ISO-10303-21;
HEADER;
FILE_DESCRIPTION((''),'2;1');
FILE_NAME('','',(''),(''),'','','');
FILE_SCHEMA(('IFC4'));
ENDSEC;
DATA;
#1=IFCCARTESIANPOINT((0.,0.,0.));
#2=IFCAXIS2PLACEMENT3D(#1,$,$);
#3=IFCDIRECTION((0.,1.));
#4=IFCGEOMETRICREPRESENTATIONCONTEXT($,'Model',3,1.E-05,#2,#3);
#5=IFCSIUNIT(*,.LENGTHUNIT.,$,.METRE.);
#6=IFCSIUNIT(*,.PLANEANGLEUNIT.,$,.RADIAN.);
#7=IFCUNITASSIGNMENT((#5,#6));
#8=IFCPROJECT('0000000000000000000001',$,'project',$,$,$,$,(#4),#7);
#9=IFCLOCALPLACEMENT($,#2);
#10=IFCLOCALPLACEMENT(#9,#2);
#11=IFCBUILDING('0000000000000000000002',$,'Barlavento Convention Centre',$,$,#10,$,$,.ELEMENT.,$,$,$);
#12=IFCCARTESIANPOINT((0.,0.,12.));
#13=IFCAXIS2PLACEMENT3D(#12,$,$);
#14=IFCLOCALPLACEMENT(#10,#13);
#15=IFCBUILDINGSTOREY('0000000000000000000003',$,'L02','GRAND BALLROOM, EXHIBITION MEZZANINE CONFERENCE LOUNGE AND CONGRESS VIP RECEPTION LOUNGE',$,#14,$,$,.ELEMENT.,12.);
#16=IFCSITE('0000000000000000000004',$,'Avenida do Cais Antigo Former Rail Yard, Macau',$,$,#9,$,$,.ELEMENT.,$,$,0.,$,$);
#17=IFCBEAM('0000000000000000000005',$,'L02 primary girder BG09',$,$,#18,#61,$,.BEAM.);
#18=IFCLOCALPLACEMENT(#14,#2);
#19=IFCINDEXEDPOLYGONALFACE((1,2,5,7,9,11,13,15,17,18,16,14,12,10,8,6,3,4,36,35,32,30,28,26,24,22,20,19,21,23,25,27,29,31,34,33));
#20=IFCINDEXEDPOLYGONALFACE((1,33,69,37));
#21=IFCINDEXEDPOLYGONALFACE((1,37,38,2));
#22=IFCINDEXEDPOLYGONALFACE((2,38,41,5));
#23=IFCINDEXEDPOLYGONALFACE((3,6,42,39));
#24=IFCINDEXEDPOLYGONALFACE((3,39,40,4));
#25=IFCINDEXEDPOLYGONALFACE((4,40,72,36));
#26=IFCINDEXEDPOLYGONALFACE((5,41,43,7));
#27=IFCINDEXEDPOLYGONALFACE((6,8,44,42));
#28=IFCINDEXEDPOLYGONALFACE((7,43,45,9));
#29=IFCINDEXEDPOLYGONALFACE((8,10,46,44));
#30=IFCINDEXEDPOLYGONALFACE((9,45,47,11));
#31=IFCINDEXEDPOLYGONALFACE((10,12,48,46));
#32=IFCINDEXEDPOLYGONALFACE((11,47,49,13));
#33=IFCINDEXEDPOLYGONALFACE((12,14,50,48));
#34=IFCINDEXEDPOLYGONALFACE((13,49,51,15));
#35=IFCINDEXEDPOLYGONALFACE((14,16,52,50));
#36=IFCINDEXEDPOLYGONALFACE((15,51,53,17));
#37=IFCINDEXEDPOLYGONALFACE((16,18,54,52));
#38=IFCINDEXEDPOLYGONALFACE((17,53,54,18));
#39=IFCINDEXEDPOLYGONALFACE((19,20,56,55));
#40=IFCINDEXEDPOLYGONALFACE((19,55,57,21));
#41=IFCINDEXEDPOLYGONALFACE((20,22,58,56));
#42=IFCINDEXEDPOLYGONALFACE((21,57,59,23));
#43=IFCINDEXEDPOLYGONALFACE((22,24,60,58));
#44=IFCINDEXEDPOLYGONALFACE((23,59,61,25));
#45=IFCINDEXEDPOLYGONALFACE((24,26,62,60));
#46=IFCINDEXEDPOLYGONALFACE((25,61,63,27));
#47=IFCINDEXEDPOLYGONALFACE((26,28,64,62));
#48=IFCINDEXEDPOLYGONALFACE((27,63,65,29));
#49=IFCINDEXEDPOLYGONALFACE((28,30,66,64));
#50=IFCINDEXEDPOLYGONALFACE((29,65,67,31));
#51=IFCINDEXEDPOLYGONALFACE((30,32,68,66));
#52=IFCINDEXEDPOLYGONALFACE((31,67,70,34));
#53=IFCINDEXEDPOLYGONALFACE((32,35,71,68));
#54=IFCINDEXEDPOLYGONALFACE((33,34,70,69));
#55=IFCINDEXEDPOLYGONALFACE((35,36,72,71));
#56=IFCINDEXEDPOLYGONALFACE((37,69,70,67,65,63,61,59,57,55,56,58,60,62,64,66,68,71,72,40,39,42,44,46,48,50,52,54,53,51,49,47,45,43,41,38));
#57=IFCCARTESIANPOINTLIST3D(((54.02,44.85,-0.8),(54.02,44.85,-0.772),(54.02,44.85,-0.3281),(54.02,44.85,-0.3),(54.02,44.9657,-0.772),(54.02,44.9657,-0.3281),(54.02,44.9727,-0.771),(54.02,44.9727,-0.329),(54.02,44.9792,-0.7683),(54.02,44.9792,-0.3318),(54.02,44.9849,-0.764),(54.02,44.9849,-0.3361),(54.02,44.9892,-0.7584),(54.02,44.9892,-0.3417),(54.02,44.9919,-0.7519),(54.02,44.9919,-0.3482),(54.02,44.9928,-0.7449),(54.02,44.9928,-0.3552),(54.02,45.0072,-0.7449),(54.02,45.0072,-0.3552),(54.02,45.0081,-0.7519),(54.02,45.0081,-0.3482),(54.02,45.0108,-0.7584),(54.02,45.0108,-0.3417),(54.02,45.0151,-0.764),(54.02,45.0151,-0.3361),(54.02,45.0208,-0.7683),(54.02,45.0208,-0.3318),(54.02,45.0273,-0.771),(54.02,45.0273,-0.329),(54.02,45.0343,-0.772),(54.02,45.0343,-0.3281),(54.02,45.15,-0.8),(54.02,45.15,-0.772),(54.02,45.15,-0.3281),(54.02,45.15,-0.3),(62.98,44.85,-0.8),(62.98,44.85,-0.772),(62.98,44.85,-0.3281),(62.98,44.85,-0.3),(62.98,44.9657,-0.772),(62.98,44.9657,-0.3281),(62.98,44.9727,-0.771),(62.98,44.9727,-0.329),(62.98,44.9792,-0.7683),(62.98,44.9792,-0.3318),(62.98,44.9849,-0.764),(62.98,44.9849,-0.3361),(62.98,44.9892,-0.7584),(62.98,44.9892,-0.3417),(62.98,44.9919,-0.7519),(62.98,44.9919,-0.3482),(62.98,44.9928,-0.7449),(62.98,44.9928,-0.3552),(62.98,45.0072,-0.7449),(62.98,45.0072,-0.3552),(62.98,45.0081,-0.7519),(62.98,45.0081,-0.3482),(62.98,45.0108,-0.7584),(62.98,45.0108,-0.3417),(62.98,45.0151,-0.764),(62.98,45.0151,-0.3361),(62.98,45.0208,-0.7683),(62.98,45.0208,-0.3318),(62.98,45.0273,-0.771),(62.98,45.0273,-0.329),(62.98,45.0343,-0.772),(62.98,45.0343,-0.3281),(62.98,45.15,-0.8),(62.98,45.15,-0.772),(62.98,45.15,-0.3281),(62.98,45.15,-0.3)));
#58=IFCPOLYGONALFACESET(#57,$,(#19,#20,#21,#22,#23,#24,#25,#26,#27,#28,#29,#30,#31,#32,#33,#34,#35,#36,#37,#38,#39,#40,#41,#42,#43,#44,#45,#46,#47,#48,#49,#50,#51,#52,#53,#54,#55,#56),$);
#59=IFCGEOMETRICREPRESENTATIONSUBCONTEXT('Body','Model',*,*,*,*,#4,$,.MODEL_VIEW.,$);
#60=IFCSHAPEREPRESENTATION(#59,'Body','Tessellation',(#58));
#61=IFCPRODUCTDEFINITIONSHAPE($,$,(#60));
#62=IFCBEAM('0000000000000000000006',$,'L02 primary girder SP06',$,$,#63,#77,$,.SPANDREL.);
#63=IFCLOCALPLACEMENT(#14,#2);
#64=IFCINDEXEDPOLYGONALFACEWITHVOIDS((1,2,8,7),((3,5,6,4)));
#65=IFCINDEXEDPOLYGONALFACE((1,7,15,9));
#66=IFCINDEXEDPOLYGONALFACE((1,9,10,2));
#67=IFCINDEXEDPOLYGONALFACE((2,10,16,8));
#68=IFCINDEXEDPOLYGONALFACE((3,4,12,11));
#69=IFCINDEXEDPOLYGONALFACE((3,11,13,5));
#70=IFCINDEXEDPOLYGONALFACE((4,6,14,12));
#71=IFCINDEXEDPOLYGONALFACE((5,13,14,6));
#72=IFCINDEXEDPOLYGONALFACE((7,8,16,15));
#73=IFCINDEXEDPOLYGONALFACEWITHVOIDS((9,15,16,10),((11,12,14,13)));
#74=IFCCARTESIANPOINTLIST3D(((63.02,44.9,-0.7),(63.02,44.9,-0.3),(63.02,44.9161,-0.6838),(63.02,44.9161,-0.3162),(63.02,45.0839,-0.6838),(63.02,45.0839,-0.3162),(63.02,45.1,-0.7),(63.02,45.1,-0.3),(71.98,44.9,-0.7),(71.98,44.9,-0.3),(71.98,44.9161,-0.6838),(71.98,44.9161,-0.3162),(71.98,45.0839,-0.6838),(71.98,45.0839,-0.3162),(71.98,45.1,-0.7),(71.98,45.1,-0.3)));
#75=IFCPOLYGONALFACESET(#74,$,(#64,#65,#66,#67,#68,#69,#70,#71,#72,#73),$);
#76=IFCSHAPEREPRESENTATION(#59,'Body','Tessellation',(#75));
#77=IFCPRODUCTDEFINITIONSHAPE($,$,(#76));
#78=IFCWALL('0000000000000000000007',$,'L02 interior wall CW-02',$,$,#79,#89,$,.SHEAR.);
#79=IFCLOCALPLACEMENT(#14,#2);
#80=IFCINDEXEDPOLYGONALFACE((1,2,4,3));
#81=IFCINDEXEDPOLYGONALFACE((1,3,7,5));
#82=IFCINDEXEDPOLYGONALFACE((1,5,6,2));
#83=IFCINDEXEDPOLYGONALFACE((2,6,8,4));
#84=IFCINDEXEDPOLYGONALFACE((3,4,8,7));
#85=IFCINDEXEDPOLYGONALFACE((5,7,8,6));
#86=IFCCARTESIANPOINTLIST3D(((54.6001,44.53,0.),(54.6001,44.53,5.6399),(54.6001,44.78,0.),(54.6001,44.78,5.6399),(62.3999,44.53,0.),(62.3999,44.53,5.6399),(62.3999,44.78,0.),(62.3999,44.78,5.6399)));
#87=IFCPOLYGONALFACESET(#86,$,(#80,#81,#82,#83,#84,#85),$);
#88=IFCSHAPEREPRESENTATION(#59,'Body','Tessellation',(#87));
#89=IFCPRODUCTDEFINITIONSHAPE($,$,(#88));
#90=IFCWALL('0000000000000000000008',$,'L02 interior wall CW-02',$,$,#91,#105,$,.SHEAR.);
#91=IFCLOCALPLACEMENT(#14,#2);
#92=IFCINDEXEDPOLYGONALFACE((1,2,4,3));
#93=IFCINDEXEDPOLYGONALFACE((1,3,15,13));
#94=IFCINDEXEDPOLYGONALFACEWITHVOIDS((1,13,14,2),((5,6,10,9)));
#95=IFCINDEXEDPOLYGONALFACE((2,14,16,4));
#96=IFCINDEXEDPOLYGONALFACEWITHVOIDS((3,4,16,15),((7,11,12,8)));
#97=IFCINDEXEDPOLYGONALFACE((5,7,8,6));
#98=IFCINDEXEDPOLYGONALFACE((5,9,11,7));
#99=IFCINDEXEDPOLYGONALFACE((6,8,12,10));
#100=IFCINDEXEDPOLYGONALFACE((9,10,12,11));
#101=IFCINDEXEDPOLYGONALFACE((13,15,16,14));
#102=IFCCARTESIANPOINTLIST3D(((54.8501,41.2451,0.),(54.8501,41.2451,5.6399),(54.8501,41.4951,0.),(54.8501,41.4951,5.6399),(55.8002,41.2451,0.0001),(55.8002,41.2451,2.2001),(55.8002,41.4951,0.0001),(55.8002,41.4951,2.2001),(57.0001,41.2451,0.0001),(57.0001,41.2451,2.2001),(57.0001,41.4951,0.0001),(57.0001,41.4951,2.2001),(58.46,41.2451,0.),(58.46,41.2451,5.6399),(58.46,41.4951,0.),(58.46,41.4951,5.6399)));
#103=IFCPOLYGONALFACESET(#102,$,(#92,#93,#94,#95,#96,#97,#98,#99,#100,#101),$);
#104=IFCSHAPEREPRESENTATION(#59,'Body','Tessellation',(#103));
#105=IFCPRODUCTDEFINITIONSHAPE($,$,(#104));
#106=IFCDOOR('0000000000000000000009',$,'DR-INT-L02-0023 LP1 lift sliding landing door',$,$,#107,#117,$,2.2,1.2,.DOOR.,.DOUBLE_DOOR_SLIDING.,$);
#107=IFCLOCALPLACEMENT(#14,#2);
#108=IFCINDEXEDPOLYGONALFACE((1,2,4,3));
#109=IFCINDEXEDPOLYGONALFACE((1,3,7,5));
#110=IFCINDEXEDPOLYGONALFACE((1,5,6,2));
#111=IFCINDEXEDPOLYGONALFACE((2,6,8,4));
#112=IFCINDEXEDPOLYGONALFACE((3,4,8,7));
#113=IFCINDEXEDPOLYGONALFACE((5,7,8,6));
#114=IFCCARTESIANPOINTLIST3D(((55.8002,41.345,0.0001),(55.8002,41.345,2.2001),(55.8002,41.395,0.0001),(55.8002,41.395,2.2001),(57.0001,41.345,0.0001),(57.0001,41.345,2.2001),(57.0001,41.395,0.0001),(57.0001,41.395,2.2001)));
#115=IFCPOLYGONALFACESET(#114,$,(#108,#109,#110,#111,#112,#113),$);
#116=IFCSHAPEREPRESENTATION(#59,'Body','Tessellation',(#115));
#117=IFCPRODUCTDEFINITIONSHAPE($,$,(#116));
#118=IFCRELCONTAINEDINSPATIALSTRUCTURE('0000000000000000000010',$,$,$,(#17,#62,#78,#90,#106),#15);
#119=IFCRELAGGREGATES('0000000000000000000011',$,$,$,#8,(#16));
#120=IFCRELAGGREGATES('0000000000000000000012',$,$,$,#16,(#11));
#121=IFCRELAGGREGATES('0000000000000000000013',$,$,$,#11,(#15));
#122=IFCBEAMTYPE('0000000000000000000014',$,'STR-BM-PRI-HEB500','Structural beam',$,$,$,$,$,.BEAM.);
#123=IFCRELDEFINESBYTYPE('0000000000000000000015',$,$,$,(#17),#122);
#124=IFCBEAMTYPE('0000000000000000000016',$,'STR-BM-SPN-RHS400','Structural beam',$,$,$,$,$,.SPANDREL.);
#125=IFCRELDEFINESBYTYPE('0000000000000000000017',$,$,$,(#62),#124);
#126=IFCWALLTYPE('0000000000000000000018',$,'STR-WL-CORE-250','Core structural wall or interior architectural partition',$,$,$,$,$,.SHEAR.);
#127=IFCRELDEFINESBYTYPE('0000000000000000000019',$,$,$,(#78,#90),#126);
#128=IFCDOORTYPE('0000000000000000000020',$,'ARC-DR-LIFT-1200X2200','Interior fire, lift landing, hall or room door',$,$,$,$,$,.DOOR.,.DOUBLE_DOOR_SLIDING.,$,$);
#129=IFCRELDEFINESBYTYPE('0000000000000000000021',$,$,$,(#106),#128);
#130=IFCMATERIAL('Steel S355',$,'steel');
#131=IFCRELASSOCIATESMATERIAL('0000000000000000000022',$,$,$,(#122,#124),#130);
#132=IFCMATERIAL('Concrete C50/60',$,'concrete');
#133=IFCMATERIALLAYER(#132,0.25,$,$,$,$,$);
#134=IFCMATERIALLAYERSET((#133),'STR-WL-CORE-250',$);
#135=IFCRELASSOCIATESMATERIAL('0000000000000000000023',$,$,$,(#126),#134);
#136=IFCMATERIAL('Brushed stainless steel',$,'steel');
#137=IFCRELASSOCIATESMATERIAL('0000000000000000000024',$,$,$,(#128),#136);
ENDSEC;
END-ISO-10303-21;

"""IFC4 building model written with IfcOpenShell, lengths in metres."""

from ifc_helpers import new_model, si_unit, direction, frame, frame_2d, origin, origin_2d, place, context, subcontext, project, spatial, rectangle, hollow_rectangle, i_section, extrude, material, layer, layer_set, material_profile, profile_set, type_object, element, fill, save


model = new_model("IFC4")

# Units and contexts
model_context = context("Model", 3, precision=1e-05, world=origin(), true_north=direction((0.0, 1.0)))
body_context = subcontext(model_context, "Body", "Model", "MODEL_VIEW")
ifc_project = project(units=[si_unit("LENGTHUNIT", "METRE"), si_unit("PLANEANGLEUNIT", "RADIAN")], contexts=[model_context])

# Site, building, storey
site_placement = place(None, origin())
site = spatial("IfcSite", under=ifc_project, at=site_placement, Name="Avenida do Cais Antigo Former Rail Yard, Macau", CompositionType="ELEMENT", RefElevation=0.0)
building_placement = place(site_placement, origin())
building = spatial("IfcBuilding", under=site, at=building_placement, Name="Barlavento Convention Centre", CompositionType="ELEMENT")
storey_placement = place(building_placement, frame((0.0, 0.0, 12.0)))
storey = spatial("IfcBuildingStorey", under=building, at=storey_placement, Name="L02", Description="GRAND BALLROOM, EXHIBITION MEZZANINE CONFERENCE LOUNGE AND CONGRESS VIP RECEPTION LOUNGE", CompositionType="ELEMENT", Elevation=12.0)

# Shared definitions
ifc_material_1 = material(Name="Steel S355", Category="steel")

# Beams
ifc_material_profile_1 = material_profile(ifc_material_1, i_section(OverallWidth=0.3, OverallDepth=0.5, WebThickness=0.0144, FlangeThickness=0.0281, FilletRadius=0.0271, at=origin_2d()), Name="HEB 500")
ifc_profile_set_1 = profile_set([ifc_material_profile_1], Name="Steel S355")
beam_type_1 = type_object("IfcBeamType", Name="STR-BM-PRI-HEB500", Description="Structural beam", PredefinedType="BEAM", material=ifc_profile_set_1)
beam_1_placement = place(storey_placement, frame((54.02, 45.0, -0.55), z_axis=(1.0, 0.0, 0.0), x_axis=(0.0, 1.0, 0.0)))
element("IfcBeam", 1, at=beam_1_placement, inside=storey, type_object=beam_type_1, Name="L02 primary girder BG09", PredefinedType="BEAM", context=body_context, shape_type="SweptSolid", body=[
    extrude(i_section(OverallWidth=0.3, OverallDepth=0.5, WebThickness=0.0144, FlangeThickness=0.0281, FilletRadius=0.0271, at=origin_2d()), origin(), (0.0, 0.0, 1.0), 8.96),
])
ifc_material_profile_2 = material_profile(ifc_material_1, hollow_rectangle(XDim=0.2, YDim=0.3999, WallThickness=0.0161, at=origin_2d()), Name="RHS 400x200x16.0")
ifc_profile_set_2 = profile_set([ifc_material_profile_2], Name="Steel S355")
beam_type_2 = type_object("IfcBeamType", Name="STR-BM-SPN-RHS400", Description="Structural beam", PredefinedType="SPANDREL", material=ifc_profile_set_2)
beam_2_placement = place(storey_placement, frame((63.02, 45.0, -0.5), z_axis=(1.0, 0.0, 0.0), x_axis=(0.0, 1.0, 0.0)))
element("IfcBeam", 2, at=beam_2_placement, inside=storey, type_object=beam_type_2, Name="L02 primary girder SP06", PredefinedType="SPANDREL", context=body_context, shape_type="SweptSolid", body=[
    extrude(hollow_rectangle(XDim=0.2, YDim=0.3999, WallThickness=0.0161, at=origin_2d()), origin(), (0.0, 0.0, 1.0), 8.96),
])

# Wall
ifc_material_2 = material(Name="Concrete C50/60", Category="concrete")
ifc_layer_1 = layer(ifc_material_2, 0.25)
ifc_layer_set_1 = layer_set([ifc_layer_1], Name="STR-WL-CORE-250")
wall_type = type_object("IfcWallType", Name="STR-WL-CORE-250", Description="Core structural wall or interior architectural partition", PredefinedType="SHEAR", material=ifc_layer_set_1)
wall_1_placement = place(storey_placement, frame((54.6001, 44.655, 0.0), z_axis=(0.0, 0.0, 1.0), x_axis=(1.0, 0.0, 0.0)))
element("IfcWall", 3, at=wall_1_placement, inside=storey, type_object=wall_type, Name="L02 interior wall CW-02", PredefinedType="SHEAR", context=body_context, shape_type="SweptSolid", body=[
    extrude(rectangle(XDim=7.7998, YDim=0.25, at=frame_2d((3.8999, 0.0))), origin(), (0.0, 0.0, 1.0), 5.6399),
])

# Wall, opening, door
wall_2_placement = place(storey_placement, frame((54.8501, 41.3701, 0.0), z_axis=(0.0, 0.0, 1.0), x_axis=(1.0, 0.0, 0.0)))
wall_2 = element("IfcWall", 4, at=wall_2_placement, inside=storey, type_object=wall_type, Name="L02 interior wall CW-02", PredefinedType="SHEAR", context=body_context, shape_type="SweptSolid", body=[
    extrude(rectangle(XDim=3.6099, YDim=0.25, at=frame_2d((1.8049, 0.0))), origin(), (0.0, 0.0, 1.0), 5.6399),
])
opening_placement = place(wall_2_placement, frame((0.95, 0.0, 0.0)))
opening = element("IfcOpeningElement", 5, at=opening_placement, cuts=wall_2, PredefinedType="OPENING", context=body_context, shape_type="SweptSolid", body=[
    extrude(rectangle(XDim=1.2, YDim=2.2, at=frame_2d((0.6001, 1.1001))), frame((0.0, 0.135, 0.0), z_axis=(0.0, -1.0, 0.0), x_axis=(1.0, 0.0, 0.0)), (0.0, 0.0, 1.0), 0.27),
])
ifc_material_3 = material(Name="Brushed stainless steel", Category="steel")
door_type = type_object("IfcDoorType", Name="ARC-DR-LIFT-1200X2200", Description="Interior fire, lift landing, hall or room door", OperationType="DOUBLE_DOOR_SLIDING", PredefinedType="DOOR", material=ifc_material_3)
door_placement = place(opening_placement, origin())
door = element("IfcDoor", 6, at=door_placement, inside=storey, type_object=door_type, Name="DR-INT-L02-0023 LP1 lift sliding landing door", OperationType="DOUBLE_DOOR_SLIDING", OverallHeight=2.2, OverallWidth=1.2, PredefinedType="DOOR", context=body_context, shape_type="SweptSolid", body=[
    extrude(rectangle(XDim=1.2, YDim=2.2, at=frame_2d((0.6001, 1.1001))), frame((0.0, 0.0249, 0.0), z_axis=(0.0, -1.0, 0.0), x_axis=(1.0, 0.0, 0.0)), (0.0, 0.0, 1.0), 0.05),
])
fill(opening, door)

save(model, "model.ifc")
